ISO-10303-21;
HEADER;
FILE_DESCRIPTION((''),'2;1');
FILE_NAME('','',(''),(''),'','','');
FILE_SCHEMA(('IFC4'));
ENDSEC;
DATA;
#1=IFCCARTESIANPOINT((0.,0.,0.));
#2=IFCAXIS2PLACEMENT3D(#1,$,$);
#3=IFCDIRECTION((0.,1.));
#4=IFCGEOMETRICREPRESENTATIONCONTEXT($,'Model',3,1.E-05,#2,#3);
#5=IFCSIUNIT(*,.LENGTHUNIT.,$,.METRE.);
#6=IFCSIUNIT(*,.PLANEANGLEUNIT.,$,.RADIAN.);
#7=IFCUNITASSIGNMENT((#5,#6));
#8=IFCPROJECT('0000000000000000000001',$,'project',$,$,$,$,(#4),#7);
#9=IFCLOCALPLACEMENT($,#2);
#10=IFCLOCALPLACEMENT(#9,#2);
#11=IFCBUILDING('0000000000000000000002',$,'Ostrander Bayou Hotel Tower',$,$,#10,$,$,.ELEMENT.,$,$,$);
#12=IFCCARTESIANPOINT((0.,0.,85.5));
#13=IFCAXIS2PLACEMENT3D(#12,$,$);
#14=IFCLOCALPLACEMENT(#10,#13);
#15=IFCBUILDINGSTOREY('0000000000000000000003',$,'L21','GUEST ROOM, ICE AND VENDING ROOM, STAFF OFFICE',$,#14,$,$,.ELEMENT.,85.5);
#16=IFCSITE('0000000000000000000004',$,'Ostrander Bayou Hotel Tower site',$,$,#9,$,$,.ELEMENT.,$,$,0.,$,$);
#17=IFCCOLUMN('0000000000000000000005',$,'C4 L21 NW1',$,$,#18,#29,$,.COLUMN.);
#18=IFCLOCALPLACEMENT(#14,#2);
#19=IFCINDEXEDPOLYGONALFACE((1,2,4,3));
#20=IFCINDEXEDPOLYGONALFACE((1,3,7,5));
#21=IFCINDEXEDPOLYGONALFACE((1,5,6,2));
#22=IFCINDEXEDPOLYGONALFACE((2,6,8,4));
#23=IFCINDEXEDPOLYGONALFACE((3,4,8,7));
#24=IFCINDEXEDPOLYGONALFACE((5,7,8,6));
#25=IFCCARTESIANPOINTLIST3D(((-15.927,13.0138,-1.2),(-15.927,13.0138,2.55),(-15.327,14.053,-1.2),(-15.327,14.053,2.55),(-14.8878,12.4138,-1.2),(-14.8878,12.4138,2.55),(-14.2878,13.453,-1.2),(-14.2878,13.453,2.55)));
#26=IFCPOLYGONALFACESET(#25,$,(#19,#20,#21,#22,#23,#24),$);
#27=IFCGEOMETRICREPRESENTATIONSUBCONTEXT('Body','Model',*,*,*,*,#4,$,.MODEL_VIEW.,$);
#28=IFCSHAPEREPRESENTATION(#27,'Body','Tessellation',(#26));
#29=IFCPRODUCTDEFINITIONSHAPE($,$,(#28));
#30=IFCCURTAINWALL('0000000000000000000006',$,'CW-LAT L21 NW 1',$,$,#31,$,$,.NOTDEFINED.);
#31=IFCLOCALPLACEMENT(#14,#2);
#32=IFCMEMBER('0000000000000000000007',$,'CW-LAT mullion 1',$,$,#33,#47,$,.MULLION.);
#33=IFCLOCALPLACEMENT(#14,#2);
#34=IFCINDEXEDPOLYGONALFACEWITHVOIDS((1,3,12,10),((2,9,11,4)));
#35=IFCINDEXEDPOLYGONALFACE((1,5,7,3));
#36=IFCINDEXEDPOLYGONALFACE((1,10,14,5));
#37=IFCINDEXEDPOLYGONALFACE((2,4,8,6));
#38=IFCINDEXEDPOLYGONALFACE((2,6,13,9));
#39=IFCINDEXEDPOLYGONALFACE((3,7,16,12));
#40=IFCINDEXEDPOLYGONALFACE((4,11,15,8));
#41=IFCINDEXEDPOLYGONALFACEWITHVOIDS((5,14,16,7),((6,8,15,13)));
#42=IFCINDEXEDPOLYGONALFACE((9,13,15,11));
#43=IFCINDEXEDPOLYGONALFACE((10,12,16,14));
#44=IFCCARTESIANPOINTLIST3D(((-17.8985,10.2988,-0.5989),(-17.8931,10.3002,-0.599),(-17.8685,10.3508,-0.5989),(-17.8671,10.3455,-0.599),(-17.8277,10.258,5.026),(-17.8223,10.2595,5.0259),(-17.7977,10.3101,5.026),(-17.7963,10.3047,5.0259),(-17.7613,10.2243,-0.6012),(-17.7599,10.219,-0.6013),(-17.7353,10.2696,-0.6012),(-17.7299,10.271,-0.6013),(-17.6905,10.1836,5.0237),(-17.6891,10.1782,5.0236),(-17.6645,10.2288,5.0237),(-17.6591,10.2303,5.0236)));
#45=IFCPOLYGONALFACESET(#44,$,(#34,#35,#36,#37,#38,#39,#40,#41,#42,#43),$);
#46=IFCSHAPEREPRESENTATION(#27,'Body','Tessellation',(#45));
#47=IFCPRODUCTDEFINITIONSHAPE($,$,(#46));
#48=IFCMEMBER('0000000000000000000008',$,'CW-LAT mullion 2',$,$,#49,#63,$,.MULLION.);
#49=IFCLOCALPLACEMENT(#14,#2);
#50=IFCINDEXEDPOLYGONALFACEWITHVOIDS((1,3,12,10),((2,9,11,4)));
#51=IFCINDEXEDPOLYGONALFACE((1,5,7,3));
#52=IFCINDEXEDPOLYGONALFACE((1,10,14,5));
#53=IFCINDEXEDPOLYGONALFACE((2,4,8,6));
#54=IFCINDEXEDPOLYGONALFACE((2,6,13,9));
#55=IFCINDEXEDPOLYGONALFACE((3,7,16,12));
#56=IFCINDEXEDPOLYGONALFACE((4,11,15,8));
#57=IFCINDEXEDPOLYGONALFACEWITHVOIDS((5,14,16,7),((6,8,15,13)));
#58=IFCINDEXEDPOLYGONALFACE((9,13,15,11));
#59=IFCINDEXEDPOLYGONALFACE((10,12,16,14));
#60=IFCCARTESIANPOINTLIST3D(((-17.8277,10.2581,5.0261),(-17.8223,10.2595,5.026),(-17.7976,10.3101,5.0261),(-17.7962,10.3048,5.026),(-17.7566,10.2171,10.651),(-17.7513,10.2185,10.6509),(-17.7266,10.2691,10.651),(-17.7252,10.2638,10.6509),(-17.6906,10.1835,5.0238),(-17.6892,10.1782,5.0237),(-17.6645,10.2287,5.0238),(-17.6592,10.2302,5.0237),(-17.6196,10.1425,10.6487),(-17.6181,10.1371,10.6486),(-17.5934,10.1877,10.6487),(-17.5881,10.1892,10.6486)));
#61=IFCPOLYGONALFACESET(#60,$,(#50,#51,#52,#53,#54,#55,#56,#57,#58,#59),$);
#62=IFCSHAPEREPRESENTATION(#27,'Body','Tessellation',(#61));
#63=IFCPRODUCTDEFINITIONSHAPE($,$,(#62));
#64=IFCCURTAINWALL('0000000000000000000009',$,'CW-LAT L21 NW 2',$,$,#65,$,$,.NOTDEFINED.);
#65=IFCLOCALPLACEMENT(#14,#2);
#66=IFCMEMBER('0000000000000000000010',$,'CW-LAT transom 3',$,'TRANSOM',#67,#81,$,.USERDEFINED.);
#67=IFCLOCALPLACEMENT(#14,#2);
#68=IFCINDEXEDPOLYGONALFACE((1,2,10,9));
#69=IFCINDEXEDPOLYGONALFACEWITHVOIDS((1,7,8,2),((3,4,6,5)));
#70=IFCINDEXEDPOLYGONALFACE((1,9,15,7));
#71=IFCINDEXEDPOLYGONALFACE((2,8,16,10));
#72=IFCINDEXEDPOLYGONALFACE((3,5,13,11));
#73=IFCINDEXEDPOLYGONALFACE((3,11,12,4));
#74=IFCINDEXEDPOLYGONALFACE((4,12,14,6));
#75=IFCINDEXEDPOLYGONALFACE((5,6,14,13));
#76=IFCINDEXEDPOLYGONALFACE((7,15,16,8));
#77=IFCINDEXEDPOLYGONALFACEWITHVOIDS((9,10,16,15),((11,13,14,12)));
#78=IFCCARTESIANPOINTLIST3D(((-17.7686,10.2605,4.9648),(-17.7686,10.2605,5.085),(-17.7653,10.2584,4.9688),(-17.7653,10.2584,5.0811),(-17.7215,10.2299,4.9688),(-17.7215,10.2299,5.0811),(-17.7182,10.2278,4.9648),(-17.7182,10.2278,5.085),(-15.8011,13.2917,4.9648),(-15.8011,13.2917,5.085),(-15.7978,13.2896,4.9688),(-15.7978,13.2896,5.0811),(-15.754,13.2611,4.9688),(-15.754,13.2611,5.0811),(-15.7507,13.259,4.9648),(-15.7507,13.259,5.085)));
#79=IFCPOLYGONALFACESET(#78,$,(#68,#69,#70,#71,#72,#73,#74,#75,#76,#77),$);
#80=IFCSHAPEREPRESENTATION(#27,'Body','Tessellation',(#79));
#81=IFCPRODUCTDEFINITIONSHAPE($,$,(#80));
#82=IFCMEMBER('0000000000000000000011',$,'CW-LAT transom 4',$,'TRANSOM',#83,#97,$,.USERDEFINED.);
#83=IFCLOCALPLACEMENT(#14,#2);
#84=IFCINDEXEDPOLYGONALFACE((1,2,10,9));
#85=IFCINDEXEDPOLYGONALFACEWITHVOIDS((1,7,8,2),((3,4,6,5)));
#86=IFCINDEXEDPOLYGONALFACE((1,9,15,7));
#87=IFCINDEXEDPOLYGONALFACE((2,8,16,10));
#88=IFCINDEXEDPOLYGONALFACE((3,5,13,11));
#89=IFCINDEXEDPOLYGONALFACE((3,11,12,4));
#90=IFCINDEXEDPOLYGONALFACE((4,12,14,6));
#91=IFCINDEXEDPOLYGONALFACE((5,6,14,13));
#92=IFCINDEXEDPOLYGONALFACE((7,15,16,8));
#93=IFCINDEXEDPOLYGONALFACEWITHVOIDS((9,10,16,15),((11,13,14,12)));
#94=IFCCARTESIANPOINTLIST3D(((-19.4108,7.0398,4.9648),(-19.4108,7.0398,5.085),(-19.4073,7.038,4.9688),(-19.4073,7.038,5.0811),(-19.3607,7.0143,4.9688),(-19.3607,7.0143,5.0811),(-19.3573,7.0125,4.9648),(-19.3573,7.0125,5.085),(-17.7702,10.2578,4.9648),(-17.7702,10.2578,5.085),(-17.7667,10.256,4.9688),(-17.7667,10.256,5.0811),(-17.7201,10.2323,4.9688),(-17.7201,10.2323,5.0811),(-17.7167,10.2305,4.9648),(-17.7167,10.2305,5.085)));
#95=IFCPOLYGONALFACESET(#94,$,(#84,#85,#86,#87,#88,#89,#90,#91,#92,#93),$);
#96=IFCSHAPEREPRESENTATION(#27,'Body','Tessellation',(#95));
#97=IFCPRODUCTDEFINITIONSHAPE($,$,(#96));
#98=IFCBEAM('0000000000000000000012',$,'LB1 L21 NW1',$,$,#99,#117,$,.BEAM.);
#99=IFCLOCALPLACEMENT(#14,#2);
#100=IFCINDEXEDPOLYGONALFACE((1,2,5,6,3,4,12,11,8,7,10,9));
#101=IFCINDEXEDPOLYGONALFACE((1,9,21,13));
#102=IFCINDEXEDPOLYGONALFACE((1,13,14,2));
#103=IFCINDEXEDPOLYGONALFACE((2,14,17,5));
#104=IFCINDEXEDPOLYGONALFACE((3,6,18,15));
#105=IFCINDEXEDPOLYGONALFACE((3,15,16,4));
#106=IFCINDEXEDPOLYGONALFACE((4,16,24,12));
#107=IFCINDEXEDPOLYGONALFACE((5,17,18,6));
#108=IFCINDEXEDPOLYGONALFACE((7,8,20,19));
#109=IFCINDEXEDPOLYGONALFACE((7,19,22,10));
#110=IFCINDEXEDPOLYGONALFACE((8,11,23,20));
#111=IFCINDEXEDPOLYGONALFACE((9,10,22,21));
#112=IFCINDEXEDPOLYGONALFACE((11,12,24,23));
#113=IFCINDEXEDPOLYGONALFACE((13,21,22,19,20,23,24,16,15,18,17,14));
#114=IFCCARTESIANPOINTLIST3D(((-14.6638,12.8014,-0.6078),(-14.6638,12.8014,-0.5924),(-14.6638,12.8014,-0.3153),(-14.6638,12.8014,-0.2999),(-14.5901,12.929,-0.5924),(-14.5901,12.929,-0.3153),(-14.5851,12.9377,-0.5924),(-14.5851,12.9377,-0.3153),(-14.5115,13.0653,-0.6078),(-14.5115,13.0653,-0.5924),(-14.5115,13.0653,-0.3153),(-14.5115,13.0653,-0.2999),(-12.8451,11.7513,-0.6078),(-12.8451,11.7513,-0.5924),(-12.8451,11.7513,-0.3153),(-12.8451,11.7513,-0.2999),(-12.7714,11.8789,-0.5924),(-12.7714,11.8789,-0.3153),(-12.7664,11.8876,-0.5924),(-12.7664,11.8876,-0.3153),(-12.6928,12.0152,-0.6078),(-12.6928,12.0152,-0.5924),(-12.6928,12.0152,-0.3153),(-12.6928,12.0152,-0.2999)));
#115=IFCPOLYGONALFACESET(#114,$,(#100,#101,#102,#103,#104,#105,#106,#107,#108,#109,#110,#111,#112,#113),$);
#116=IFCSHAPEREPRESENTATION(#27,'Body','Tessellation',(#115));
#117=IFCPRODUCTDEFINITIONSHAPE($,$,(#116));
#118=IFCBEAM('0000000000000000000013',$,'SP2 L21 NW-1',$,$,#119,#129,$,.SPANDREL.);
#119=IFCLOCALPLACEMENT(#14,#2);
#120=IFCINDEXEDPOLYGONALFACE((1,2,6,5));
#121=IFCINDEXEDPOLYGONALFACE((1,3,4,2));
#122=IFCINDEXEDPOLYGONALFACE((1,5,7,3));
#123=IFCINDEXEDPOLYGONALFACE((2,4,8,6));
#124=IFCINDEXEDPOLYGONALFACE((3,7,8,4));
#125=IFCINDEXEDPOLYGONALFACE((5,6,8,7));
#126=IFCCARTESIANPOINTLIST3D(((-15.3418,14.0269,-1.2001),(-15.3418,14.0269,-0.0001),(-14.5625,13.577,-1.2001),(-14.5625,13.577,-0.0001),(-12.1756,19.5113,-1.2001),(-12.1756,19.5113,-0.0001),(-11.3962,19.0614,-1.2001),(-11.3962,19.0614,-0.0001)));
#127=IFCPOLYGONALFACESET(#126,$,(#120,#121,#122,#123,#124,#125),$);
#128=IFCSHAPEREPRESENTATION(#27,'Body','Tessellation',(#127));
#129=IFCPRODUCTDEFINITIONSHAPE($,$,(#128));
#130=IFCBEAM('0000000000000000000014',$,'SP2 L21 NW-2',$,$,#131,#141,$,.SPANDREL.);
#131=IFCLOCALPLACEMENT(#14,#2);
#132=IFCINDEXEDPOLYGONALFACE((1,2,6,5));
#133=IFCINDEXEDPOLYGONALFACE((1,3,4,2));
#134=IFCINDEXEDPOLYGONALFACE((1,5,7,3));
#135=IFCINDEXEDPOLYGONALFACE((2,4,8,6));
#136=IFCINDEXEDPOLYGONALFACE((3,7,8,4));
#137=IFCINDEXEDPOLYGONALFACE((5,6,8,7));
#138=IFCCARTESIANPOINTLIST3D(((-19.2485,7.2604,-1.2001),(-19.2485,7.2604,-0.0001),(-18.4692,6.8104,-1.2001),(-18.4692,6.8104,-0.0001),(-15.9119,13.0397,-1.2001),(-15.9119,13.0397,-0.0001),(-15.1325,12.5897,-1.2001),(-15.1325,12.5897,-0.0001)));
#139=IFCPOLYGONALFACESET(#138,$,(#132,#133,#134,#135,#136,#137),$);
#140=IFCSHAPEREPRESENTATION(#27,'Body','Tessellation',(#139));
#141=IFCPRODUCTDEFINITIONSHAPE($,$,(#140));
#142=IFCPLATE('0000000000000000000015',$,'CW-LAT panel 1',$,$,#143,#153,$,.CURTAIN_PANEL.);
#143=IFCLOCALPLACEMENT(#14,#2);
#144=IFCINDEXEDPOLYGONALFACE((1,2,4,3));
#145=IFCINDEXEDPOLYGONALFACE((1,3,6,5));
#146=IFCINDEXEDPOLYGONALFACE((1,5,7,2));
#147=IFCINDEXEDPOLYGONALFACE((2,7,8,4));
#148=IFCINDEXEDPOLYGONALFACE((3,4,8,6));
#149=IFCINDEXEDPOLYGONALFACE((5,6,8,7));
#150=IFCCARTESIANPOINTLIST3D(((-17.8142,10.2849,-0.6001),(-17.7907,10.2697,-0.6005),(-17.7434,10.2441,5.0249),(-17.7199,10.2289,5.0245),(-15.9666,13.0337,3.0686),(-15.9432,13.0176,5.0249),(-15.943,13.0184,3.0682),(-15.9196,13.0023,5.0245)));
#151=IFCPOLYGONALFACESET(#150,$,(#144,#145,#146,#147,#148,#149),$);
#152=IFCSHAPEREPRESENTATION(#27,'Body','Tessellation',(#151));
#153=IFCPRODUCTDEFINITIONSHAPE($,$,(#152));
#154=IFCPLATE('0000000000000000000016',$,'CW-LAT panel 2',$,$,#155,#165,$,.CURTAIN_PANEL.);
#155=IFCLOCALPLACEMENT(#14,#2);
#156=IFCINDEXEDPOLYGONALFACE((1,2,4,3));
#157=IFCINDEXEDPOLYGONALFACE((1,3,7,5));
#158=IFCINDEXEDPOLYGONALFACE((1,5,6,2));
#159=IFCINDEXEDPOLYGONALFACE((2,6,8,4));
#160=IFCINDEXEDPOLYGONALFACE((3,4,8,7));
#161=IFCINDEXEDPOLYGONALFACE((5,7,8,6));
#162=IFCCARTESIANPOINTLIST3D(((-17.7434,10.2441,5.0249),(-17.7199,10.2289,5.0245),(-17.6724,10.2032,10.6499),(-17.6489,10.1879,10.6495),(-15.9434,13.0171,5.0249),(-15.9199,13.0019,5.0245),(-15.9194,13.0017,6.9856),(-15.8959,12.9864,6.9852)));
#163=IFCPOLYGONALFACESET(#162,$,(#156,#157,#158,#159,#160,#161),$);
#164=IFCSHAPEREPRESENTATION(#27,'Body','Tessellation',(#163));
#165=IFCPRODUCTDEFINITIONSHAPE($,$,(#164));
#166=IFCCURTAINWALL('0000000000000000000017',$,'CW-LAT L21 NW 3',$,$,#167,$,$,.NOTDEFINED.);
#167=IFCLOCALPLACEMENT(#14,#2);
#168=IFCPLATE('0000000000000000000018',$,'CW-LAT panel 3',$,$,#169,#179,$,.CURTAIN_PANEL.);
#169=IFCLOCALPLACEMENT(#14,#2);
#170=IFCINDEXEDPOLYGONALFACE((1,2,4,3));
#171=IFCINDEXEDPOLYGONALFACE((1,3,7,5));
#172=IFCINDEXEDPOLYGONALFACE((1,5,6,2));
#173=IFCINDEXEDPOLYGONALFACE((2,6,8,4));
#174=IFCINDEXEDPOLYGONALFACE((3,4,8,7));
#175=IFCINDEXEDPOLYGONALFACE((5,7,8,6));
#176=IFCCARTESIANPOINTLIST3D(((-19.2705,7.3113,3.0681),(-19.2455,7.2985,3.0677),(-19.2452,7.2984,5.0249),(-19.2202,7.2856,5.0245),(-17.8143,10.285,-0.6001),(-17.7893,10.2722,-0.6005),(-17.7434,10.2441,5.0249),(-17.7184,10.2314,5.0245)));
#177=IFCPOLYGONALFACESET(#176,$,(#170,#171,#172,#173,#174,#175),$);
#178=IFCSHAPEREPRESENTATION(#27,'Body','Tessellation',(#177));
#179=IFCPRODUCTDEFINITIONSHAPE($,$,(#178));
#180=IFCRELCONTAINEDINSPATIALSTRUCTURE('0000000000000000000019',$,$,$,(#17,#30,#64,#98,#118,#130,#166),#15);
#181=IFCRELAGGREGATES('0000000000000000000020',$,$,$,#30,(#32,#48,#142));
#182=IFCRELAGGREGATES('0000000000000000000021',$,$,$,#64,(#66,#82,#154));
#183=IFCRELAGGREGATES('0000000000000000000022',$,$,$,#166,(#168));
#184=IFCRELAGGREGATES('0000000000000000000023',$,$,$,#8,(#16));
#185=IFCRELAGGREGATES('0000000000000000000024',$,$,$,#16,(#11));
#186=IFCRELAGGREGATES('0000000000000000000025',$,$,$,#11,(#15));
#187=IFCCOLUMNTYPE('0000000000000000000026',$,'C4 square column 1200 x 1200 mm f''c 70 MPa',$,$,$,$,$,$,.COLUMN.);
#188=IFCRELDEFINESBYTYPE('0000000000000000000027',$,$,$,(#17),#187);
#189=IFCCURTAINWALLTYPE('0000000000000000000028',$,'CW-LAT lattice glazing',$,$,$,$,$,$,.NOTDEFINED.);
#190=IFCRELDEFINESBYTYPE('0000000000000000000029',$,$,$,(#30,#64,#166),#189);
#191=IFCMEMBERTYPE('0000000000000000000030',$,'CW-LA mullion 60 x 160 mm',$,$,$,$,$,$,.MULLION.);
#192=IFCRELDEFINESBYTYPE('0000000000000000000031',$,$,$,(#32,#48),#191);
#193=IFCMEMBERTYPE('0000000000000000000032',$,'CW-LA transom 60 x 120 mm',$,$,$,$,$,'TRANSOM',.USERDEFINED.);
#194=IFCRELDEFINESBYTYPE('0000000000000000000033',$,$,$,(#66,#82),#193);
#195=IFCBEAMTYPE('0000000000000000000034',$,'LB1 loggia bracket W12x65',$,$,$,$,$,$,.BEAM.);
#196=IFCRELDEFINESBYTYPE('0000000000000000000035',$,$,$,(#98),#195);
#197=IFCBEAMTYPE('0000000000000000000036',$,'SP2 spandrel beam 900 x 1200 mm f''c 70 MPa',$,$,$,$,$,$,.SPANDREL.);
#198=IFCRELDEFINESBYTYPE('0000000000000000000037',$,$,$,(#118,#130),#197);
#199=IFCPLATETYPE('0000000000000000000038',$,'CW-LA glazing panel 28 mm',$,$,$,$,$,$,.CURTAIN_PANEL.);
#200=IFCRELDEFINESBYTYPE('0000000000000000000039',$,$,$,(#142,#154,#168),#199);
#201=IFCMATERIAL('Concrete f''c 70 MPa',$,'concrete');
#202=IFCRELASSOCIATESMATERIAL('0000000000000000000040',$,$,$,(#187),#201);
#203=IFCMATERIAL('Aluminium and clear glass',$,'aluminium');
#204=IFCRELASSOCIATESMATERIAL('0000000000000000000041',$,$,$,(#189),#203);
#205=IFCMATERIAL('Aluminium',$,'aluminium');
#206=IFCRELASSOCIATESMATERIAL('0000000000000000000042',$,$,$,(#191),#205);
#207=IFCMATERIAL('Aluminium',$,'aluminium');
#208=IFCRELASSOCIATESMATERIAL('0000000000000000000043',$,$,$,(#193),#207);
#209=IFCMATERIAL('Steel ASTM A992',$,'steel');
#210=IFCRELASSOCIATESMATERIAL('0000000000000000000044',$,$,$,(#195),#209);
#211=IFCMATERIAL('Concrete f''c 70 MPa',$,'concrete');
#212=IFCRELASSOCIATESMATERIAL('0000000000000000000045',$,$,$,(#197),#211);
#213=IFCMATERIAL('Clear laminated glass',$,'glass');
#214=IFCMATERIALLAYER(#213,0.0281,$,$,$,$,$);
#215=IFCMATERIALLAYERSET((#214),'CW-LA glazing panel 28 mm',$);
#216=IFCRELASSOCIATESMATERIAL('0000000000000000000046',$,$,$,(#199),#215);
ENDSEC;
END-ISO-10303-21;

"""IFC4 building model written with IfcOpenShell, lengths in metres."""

from ifc_helpers import new_model, si_unit, direction, frame, origin, origin_2d, place, context, subcontext, project, spatial, polyline, rectangle, hollow_rectangle, i_section, outline, extrude, material, layer, layer_set, material_profile, profile_set, type_object, element, aggregate, save


model = new_model("IFC4")

# Units and contexts
model_context = context("Model", 3, precision=1e-05, world=origin(), true_north=direction((0.0, 1.0)))
body_context = subcontext(model_context, "Body", "Model", "MODEL_VIEW")
ifc_project = project(units=[si_unit("LENGTHUNIT", "METRE"), si_unit("PLANEANGLEUNIT", "RADIAN")], contexts=[model_context])

# Site, building, storey
site_placement = place(None, origin())
site = spatial("IfcSite", under=ifc_project, at=site_placement, Name="Ostrander Bayou Hotel Tower site", CompositionType="ELEMENT", RefElevation=0.0)
building_placement = place(site_placement, origin())
building = spatial("IfcBuilding", under=site, at=building_placement, Name="Ostrander Bayou Hotel Tower", CompositionType="ELEMENT")
storey_placement = place(building_placement, frame((0.0, 0.0, 85.5)))
storey = spatial("IfcBuildingStorey", under=building, at=storey_placement, Name="L21", Description="GUEST ROOM, ICE AND VENDING ROOM, STAFF OFFICE", CompositionType="ELEMENT", Elevation=85.5)

# Column
ifc_material_1 = material(Name="Concrete f'c 70 MPa", Category="concrete")
ifc_material_profile_1 = material_profile(ifc_material_1, rectangle(XDim=1.2, YDim=1.2, at=origin_2d()))
ifc_profile_set_1 = profile_set([ifc_material_profile_1], Name="Concrete f'c 70 MPa")
column_type = type_object("IfcColumnType", Name="C4 square column 1200 x 1200 mm f'c 70 MPa", PredefinedType="COLUMN", material=ifc_profile_set_1)
column_placement = place(storey_placement, frame((-15.1074, 13.2334, -1.2), z_axis=(0.0, 0.0, 1.0), x_axis=(0.5, 0.866025, 0.0)))
element("IfcColumn", 1, at=column_placement, inside=storey, type_object=column_type, Name="C4 L21 NW1", PredefinedType="COLUMN", context=body_context, shape_type="SweptSolid", body=[
    extrude(rectangle(XDim=1.2, YDim=1.2, at=origin_2d()), origin(), (0.0, 0.0, 1.0), 3.75),
])

# Curtain walls, members
ifc_material_2 = material(Name="Aluminium and clear glass", Category="aluminium")
curtain_wall_type = type_object("IfcCurtainWallType", Name="CW-LAT lattice glazing", PredefinedType="NOTDEFINED", material=ifc_material_2)
curtain_wall_1_placement = place(storey_placement, origin())
curtain_wall_1 = element("IfcCurtainWall", 2, at=curtain_wall_1_placement, inside=storey, type_object=curtain_wall_type, Name="CW-LAT L21 NW 1", PredefinedType="NOTDEFINED")
ifc_material_3 = material(Name="Aluminium", Category="aluminium")
ifc_material_profile_2 = material_profile(ifc_material_3, hollow_rectangle(XDim=0.0601, YDim=0.1599, WallThickness=0.0039, at=origin_2d()))
ifc_profile_set_2 = profile_set([ifc_material_profile_2], Name="Aluminium")
member_type_1 = type_object("IfcMemberType", Name="CW-LA mullion 60 x 160 mm", PredefinedType="MULLION", material=ifc_profile_set_2)
member_1_placement = place(storey_placement, frame((-17.8142, 10.2849, -0.6001), z_axis=(0.012585, -0.007247, 0.999895), x_axis=(0.499032, 0.866583, 0.0)))
member_1 = element("IfcMember", 3, at=member_1_placement, type_object=member_type_1, Name="CW-LAT mullion 1", PredefinedType="MULLION", context=body_context, shape_type="SweptSolid", body=[
    extrude(hollow_rectangle(XDim=0.0601, YDim=0.1599, WallThickness=0.0039, at=origin_2d()), origin(), (0.0, 0.0, 1.0), 5.6255),
])
member_2_placement = place(storey_placement, frame((-17.7434, 10.2441, 5.0249), z_axis=(0.012629, -0.007291, 0.999894), x_axis=(0.49998, 0.866037, 0.0)))
member_2 = element("IfcMember", 4, at=member_2_placement, type_object=member_type_1, Name="CW-LAT mullion 2", PredefinedType="MULLION", context=body_context, shape_type="SweptSolid", body=[
    extrude(hollow_rectangle(XDim=0.0601, YDim=0.1599, WallThickness=0.0039, at=origin_2d()), origin(), (0.0, 0.0, 1.0), 5.6255),
])
curtain_wall_2_placement = place(storey_placement, origin())
curtain_wall_2 = element("IfcCurtainWall", 5, at=curtain_wall_2_placement, inside=storey, type_object=curtain_wall_type, Name="CW-LAT L21 NW 2", PredefinedType="NOTDEFINED")
ifc_material_4 = material(Name="Aluminium", Category="aluminium")
ifc_material_profile_3 = material_profile(ifc_material_4, hollow_rectangle(XDim=0.0601, YDim=0.1201, WallThickness=0.0039, at=origin_2d()))
ifc_profile_set_3 = profile_set([ifc_material_profile_3], Name="Aluminium")
member_type_2 = type_object("IfcMemberType", Name="CW-LA transom 60 x 120 mm", ElementType="TRANSOM", PredefinedType="USERDEFINED", material=ifc_profile_set_3)
member_3_placement = place(storey_placement, frame((-17.7434, 10.2441, 5.0249), z_axis=(0.544447, 0.838795, 0.0), x_axis=(-0.838795, 0.544447, 0.0)))
member_3 = element("IfcMember", 6, at=member_3_placement, type_object=member_type_2, Name="CW-LAT transom 3", ObjectType="TRANSOM", PredefinedType="USERDEFINED", context=body_context, shape_type="SweptSolid", body=[
    extrude(hollow_rectangle(XDim=0.0601, YDim=0.1201, WallThickness=0.0039, at=origin_2d()), origin(), (0.0, 0.0, 1.0), 3.6138),
])
member_4_placement = place(storey_placement, frame((-17.7434, 10.2441, 5.0249), z_axis=(-0.454202, -0.890899, 0.0), x_axis=(0.890899, -0.454202, 0.0)))
member_4 = element("IfcMember", 7, at=member_4_placement, type_object=member_type_2, Name="CW-LAT transom 4", ObjectType="TRANSOM", PredefinedType="USERDEFINED", context=body_context, shape_type="SweptSolid", body=[
    extrude(hollow_rectangle(XDim=0.0601, YDim=0.1201, WallThickness=0.0039, at=origin_2d()), origin(), (0.0, 0.0, 1.0), 3.6121),
])

# Beams
ifc_material_5 = material(Name="Steel ASTM A992", Category="steel")
ifc_material_profile_4 = material_profile(ifc_material_5, i_section(OverallWidth=0.3047, OverallDepth=0.3079, WebThickness=0.01, FlangeThickness=0.0154, at=origin_2d()))
ifc_profile_set_4 = profile_set([ifc_material_profile_4], Name="Steel ASTM A992")
beam_type_1 = type_object("IfcBeamType", Name="LB1 loggia bracket W12x65", PredefinedType="BEAM", material=ifc_profile_set_4)
beam_1_placement = place(storey_placement, frame((-14.5876, 12.9333, -0.4539), z_axis=(0.866009, -0.500028, 0.0), x_axis=(0.500028, 0.866009, 0.0)))
element("IfcBeam", 8, at=beam_1_placement, inside=storey, type_object=beam_type_1, Name="LB1 L21 NW1", PredefinedType="BEAM", context=body_context, shape_type="SweptSolid", body=[
    extrude(i_section(OverallWidth=0.3047, OverallDepth=0.3079, WebThickness=0.01, FlangeThickness=0.0154, at=origin_2d()), origin(), (0.0, 0.0, 1.0), 2.1001),
])
ifc_material_6 = material(Name="Concrete f'c 70 MPa", Category="concrete")
ifc_material_profile_5 = material_profile(ifc_material_6, rectangle(XDim=0.8999, YDim=1.2, at=origin_2d()))
ifc_profile_set_5 = profile_set([ifc_material_profile_5], Name="Concrete f'c 70 MPa")
beam_type_2 = type_object("IfcBeamType", Name="SP2 spandrel beam 900 x 1200 mm f'c 70 MPa", PredefinedType="SPANDREL", material=ifc_profile_set_5)
beam_2_placement = place(storey_placement, frame((-11.7859, 19.2864, -0.6001), z_axis=(-0.499983, -0.866035, 0.0), x_axis=(0.866035, -0.499983, 0.0)))
element("IfcBeam", 9, at=beam_2_placement, inside=storey, type_object=beam_type_2, Name="SP2 L21 NW-1", PredefinedType="SPANDREL", context=body_context, shape_type="SweptSolid", body=[
    extrude(rectangle(XDim=0.8999, YDim=1.2, at=origin_2d()), origin(), (0.0, 0.0, 1.0), 6.3328),
])
beam_3_placement = place(storey_placement, frame((-15.5222, 12.8147, -0.6001), z_axis=(-0.499999, -0.866026, 0.0), x_axis=(0.866026, -0.499999, 0.0)))
element("IfcBeam", 10, at=beam_3_placement, inside=storey, type_object=beam_type_2, Name="SP2 L21 NW-2", PredefinedType="SPANDREL", context=body_context, shape_type="SweptSolid", body=[
    extrude(rectangle(XDim=0.8999, YDim=1.2, at=origin_2d()), origin(), (0.0, 0.0, 1.0), 6.6733),
])

# Plates
ifc_material_7 = material(Name="Clear laminated glass", Category="glass")
ifc_layer_1 = layer(ifc_material_7, 0.0281)
ifc_layer_set_1 = layer_set([ifc_layer_1], Name="CW-LA glazing panel 28 mm")
plate_type = type_object("IfcPlateType", Name="CW-LA glazing panel 28 mm", PredefinedType="CURTAIN_PANEL", material=ifc_layer_set_1)
plate_1_placement = place(storey_placement, frame((-15.9666, 13.0337, 3.0686), z_axis=(-0.8387, 0.544401, 0.01451), x_axis=(-0.373832, -0.556139, -0.742266)))
plate_1 = element("IfcPlate", 11, at=plate_1_placement, type_object=plate_type, Name="CW-LAT panel 1", PredefinedType="CURTAIN_PANEL", context=body_context, shape_type="SweptSolid", body=[
    extrude(outline(polyline([(0.0, 0.0), (4.9426, 0.0), (0.7635, 3.766), (-1.4519, 1.3115), (0.0, 0.0)])), origin(), (0.0, 0.0, -1.0), 0.0281),
])
aggregate(curtain_wall_1, [member_1, member_2, plate_1])
plate_2_placement = place(storey_placement, frame((-15.9194, 13.0017, 6.9856), z_axis=(-0.838696, 0.544406, 0.014548), x_axis=(-0.35538, -0.567339, 0.742854)))
plate_2 = element("IfcPlate", 12, at=plate_2_placement, type_object=plate_type, Name="CW-LAT panel 2", PredefinedType="CURTAIN_PANEL", context=body_context, shape_type="SweptSolid", body=[
    extrude(outline(polyline([(0.0, 0.0), (4.9327, 0.0), (0.7562, -3.7688), (-1.4567, -1.3127), (0.0, 0.0)])), origin(), (0.0, 0.0, -1.0), 0.0281),
])
aggregate(curtain_wall_2, [member_3, member_4, plate_2])

# Curtain wall, plate
curtain_wall_3_placement = place(storey_placement, origin())
curtain_wall_3 = element("IfcCurtainWall", 13, at=curtain_wall_3_placement, inside=storey, type_object=curtain_wall_type, Name="CW-LAT L21 NW 3", PredefinedType="NOTDEFINED")
plate_3_placement = place(storey_placement, frame((-19.2705, 7.3113, 3.0681), z_axis=(-0.89081, 0.454145, 0.014519), x_axis=(0.294689, 0.601767, -0.742318)))
plate_3 = element("IfcPlate", 14, at=plate_3_placement, type_object=plate_type, Name="CW-LAT panel 3", PredefinedType="CURTAIN_PANEL", context=body_context, shape_type="SweptSolid", body=[
    extrude(outline(polyline([(0.0, 0.0), (4.9416, 0.0), (0.7624, -3.7658), (-1.4529, -1.3111), (0.0, 0.0)])), origin(), (0.0, 0.0, -1.0), 0.0281),
])
aggregate(curtain_wall_3, [plate_3])

save(model, "model.ifc")
